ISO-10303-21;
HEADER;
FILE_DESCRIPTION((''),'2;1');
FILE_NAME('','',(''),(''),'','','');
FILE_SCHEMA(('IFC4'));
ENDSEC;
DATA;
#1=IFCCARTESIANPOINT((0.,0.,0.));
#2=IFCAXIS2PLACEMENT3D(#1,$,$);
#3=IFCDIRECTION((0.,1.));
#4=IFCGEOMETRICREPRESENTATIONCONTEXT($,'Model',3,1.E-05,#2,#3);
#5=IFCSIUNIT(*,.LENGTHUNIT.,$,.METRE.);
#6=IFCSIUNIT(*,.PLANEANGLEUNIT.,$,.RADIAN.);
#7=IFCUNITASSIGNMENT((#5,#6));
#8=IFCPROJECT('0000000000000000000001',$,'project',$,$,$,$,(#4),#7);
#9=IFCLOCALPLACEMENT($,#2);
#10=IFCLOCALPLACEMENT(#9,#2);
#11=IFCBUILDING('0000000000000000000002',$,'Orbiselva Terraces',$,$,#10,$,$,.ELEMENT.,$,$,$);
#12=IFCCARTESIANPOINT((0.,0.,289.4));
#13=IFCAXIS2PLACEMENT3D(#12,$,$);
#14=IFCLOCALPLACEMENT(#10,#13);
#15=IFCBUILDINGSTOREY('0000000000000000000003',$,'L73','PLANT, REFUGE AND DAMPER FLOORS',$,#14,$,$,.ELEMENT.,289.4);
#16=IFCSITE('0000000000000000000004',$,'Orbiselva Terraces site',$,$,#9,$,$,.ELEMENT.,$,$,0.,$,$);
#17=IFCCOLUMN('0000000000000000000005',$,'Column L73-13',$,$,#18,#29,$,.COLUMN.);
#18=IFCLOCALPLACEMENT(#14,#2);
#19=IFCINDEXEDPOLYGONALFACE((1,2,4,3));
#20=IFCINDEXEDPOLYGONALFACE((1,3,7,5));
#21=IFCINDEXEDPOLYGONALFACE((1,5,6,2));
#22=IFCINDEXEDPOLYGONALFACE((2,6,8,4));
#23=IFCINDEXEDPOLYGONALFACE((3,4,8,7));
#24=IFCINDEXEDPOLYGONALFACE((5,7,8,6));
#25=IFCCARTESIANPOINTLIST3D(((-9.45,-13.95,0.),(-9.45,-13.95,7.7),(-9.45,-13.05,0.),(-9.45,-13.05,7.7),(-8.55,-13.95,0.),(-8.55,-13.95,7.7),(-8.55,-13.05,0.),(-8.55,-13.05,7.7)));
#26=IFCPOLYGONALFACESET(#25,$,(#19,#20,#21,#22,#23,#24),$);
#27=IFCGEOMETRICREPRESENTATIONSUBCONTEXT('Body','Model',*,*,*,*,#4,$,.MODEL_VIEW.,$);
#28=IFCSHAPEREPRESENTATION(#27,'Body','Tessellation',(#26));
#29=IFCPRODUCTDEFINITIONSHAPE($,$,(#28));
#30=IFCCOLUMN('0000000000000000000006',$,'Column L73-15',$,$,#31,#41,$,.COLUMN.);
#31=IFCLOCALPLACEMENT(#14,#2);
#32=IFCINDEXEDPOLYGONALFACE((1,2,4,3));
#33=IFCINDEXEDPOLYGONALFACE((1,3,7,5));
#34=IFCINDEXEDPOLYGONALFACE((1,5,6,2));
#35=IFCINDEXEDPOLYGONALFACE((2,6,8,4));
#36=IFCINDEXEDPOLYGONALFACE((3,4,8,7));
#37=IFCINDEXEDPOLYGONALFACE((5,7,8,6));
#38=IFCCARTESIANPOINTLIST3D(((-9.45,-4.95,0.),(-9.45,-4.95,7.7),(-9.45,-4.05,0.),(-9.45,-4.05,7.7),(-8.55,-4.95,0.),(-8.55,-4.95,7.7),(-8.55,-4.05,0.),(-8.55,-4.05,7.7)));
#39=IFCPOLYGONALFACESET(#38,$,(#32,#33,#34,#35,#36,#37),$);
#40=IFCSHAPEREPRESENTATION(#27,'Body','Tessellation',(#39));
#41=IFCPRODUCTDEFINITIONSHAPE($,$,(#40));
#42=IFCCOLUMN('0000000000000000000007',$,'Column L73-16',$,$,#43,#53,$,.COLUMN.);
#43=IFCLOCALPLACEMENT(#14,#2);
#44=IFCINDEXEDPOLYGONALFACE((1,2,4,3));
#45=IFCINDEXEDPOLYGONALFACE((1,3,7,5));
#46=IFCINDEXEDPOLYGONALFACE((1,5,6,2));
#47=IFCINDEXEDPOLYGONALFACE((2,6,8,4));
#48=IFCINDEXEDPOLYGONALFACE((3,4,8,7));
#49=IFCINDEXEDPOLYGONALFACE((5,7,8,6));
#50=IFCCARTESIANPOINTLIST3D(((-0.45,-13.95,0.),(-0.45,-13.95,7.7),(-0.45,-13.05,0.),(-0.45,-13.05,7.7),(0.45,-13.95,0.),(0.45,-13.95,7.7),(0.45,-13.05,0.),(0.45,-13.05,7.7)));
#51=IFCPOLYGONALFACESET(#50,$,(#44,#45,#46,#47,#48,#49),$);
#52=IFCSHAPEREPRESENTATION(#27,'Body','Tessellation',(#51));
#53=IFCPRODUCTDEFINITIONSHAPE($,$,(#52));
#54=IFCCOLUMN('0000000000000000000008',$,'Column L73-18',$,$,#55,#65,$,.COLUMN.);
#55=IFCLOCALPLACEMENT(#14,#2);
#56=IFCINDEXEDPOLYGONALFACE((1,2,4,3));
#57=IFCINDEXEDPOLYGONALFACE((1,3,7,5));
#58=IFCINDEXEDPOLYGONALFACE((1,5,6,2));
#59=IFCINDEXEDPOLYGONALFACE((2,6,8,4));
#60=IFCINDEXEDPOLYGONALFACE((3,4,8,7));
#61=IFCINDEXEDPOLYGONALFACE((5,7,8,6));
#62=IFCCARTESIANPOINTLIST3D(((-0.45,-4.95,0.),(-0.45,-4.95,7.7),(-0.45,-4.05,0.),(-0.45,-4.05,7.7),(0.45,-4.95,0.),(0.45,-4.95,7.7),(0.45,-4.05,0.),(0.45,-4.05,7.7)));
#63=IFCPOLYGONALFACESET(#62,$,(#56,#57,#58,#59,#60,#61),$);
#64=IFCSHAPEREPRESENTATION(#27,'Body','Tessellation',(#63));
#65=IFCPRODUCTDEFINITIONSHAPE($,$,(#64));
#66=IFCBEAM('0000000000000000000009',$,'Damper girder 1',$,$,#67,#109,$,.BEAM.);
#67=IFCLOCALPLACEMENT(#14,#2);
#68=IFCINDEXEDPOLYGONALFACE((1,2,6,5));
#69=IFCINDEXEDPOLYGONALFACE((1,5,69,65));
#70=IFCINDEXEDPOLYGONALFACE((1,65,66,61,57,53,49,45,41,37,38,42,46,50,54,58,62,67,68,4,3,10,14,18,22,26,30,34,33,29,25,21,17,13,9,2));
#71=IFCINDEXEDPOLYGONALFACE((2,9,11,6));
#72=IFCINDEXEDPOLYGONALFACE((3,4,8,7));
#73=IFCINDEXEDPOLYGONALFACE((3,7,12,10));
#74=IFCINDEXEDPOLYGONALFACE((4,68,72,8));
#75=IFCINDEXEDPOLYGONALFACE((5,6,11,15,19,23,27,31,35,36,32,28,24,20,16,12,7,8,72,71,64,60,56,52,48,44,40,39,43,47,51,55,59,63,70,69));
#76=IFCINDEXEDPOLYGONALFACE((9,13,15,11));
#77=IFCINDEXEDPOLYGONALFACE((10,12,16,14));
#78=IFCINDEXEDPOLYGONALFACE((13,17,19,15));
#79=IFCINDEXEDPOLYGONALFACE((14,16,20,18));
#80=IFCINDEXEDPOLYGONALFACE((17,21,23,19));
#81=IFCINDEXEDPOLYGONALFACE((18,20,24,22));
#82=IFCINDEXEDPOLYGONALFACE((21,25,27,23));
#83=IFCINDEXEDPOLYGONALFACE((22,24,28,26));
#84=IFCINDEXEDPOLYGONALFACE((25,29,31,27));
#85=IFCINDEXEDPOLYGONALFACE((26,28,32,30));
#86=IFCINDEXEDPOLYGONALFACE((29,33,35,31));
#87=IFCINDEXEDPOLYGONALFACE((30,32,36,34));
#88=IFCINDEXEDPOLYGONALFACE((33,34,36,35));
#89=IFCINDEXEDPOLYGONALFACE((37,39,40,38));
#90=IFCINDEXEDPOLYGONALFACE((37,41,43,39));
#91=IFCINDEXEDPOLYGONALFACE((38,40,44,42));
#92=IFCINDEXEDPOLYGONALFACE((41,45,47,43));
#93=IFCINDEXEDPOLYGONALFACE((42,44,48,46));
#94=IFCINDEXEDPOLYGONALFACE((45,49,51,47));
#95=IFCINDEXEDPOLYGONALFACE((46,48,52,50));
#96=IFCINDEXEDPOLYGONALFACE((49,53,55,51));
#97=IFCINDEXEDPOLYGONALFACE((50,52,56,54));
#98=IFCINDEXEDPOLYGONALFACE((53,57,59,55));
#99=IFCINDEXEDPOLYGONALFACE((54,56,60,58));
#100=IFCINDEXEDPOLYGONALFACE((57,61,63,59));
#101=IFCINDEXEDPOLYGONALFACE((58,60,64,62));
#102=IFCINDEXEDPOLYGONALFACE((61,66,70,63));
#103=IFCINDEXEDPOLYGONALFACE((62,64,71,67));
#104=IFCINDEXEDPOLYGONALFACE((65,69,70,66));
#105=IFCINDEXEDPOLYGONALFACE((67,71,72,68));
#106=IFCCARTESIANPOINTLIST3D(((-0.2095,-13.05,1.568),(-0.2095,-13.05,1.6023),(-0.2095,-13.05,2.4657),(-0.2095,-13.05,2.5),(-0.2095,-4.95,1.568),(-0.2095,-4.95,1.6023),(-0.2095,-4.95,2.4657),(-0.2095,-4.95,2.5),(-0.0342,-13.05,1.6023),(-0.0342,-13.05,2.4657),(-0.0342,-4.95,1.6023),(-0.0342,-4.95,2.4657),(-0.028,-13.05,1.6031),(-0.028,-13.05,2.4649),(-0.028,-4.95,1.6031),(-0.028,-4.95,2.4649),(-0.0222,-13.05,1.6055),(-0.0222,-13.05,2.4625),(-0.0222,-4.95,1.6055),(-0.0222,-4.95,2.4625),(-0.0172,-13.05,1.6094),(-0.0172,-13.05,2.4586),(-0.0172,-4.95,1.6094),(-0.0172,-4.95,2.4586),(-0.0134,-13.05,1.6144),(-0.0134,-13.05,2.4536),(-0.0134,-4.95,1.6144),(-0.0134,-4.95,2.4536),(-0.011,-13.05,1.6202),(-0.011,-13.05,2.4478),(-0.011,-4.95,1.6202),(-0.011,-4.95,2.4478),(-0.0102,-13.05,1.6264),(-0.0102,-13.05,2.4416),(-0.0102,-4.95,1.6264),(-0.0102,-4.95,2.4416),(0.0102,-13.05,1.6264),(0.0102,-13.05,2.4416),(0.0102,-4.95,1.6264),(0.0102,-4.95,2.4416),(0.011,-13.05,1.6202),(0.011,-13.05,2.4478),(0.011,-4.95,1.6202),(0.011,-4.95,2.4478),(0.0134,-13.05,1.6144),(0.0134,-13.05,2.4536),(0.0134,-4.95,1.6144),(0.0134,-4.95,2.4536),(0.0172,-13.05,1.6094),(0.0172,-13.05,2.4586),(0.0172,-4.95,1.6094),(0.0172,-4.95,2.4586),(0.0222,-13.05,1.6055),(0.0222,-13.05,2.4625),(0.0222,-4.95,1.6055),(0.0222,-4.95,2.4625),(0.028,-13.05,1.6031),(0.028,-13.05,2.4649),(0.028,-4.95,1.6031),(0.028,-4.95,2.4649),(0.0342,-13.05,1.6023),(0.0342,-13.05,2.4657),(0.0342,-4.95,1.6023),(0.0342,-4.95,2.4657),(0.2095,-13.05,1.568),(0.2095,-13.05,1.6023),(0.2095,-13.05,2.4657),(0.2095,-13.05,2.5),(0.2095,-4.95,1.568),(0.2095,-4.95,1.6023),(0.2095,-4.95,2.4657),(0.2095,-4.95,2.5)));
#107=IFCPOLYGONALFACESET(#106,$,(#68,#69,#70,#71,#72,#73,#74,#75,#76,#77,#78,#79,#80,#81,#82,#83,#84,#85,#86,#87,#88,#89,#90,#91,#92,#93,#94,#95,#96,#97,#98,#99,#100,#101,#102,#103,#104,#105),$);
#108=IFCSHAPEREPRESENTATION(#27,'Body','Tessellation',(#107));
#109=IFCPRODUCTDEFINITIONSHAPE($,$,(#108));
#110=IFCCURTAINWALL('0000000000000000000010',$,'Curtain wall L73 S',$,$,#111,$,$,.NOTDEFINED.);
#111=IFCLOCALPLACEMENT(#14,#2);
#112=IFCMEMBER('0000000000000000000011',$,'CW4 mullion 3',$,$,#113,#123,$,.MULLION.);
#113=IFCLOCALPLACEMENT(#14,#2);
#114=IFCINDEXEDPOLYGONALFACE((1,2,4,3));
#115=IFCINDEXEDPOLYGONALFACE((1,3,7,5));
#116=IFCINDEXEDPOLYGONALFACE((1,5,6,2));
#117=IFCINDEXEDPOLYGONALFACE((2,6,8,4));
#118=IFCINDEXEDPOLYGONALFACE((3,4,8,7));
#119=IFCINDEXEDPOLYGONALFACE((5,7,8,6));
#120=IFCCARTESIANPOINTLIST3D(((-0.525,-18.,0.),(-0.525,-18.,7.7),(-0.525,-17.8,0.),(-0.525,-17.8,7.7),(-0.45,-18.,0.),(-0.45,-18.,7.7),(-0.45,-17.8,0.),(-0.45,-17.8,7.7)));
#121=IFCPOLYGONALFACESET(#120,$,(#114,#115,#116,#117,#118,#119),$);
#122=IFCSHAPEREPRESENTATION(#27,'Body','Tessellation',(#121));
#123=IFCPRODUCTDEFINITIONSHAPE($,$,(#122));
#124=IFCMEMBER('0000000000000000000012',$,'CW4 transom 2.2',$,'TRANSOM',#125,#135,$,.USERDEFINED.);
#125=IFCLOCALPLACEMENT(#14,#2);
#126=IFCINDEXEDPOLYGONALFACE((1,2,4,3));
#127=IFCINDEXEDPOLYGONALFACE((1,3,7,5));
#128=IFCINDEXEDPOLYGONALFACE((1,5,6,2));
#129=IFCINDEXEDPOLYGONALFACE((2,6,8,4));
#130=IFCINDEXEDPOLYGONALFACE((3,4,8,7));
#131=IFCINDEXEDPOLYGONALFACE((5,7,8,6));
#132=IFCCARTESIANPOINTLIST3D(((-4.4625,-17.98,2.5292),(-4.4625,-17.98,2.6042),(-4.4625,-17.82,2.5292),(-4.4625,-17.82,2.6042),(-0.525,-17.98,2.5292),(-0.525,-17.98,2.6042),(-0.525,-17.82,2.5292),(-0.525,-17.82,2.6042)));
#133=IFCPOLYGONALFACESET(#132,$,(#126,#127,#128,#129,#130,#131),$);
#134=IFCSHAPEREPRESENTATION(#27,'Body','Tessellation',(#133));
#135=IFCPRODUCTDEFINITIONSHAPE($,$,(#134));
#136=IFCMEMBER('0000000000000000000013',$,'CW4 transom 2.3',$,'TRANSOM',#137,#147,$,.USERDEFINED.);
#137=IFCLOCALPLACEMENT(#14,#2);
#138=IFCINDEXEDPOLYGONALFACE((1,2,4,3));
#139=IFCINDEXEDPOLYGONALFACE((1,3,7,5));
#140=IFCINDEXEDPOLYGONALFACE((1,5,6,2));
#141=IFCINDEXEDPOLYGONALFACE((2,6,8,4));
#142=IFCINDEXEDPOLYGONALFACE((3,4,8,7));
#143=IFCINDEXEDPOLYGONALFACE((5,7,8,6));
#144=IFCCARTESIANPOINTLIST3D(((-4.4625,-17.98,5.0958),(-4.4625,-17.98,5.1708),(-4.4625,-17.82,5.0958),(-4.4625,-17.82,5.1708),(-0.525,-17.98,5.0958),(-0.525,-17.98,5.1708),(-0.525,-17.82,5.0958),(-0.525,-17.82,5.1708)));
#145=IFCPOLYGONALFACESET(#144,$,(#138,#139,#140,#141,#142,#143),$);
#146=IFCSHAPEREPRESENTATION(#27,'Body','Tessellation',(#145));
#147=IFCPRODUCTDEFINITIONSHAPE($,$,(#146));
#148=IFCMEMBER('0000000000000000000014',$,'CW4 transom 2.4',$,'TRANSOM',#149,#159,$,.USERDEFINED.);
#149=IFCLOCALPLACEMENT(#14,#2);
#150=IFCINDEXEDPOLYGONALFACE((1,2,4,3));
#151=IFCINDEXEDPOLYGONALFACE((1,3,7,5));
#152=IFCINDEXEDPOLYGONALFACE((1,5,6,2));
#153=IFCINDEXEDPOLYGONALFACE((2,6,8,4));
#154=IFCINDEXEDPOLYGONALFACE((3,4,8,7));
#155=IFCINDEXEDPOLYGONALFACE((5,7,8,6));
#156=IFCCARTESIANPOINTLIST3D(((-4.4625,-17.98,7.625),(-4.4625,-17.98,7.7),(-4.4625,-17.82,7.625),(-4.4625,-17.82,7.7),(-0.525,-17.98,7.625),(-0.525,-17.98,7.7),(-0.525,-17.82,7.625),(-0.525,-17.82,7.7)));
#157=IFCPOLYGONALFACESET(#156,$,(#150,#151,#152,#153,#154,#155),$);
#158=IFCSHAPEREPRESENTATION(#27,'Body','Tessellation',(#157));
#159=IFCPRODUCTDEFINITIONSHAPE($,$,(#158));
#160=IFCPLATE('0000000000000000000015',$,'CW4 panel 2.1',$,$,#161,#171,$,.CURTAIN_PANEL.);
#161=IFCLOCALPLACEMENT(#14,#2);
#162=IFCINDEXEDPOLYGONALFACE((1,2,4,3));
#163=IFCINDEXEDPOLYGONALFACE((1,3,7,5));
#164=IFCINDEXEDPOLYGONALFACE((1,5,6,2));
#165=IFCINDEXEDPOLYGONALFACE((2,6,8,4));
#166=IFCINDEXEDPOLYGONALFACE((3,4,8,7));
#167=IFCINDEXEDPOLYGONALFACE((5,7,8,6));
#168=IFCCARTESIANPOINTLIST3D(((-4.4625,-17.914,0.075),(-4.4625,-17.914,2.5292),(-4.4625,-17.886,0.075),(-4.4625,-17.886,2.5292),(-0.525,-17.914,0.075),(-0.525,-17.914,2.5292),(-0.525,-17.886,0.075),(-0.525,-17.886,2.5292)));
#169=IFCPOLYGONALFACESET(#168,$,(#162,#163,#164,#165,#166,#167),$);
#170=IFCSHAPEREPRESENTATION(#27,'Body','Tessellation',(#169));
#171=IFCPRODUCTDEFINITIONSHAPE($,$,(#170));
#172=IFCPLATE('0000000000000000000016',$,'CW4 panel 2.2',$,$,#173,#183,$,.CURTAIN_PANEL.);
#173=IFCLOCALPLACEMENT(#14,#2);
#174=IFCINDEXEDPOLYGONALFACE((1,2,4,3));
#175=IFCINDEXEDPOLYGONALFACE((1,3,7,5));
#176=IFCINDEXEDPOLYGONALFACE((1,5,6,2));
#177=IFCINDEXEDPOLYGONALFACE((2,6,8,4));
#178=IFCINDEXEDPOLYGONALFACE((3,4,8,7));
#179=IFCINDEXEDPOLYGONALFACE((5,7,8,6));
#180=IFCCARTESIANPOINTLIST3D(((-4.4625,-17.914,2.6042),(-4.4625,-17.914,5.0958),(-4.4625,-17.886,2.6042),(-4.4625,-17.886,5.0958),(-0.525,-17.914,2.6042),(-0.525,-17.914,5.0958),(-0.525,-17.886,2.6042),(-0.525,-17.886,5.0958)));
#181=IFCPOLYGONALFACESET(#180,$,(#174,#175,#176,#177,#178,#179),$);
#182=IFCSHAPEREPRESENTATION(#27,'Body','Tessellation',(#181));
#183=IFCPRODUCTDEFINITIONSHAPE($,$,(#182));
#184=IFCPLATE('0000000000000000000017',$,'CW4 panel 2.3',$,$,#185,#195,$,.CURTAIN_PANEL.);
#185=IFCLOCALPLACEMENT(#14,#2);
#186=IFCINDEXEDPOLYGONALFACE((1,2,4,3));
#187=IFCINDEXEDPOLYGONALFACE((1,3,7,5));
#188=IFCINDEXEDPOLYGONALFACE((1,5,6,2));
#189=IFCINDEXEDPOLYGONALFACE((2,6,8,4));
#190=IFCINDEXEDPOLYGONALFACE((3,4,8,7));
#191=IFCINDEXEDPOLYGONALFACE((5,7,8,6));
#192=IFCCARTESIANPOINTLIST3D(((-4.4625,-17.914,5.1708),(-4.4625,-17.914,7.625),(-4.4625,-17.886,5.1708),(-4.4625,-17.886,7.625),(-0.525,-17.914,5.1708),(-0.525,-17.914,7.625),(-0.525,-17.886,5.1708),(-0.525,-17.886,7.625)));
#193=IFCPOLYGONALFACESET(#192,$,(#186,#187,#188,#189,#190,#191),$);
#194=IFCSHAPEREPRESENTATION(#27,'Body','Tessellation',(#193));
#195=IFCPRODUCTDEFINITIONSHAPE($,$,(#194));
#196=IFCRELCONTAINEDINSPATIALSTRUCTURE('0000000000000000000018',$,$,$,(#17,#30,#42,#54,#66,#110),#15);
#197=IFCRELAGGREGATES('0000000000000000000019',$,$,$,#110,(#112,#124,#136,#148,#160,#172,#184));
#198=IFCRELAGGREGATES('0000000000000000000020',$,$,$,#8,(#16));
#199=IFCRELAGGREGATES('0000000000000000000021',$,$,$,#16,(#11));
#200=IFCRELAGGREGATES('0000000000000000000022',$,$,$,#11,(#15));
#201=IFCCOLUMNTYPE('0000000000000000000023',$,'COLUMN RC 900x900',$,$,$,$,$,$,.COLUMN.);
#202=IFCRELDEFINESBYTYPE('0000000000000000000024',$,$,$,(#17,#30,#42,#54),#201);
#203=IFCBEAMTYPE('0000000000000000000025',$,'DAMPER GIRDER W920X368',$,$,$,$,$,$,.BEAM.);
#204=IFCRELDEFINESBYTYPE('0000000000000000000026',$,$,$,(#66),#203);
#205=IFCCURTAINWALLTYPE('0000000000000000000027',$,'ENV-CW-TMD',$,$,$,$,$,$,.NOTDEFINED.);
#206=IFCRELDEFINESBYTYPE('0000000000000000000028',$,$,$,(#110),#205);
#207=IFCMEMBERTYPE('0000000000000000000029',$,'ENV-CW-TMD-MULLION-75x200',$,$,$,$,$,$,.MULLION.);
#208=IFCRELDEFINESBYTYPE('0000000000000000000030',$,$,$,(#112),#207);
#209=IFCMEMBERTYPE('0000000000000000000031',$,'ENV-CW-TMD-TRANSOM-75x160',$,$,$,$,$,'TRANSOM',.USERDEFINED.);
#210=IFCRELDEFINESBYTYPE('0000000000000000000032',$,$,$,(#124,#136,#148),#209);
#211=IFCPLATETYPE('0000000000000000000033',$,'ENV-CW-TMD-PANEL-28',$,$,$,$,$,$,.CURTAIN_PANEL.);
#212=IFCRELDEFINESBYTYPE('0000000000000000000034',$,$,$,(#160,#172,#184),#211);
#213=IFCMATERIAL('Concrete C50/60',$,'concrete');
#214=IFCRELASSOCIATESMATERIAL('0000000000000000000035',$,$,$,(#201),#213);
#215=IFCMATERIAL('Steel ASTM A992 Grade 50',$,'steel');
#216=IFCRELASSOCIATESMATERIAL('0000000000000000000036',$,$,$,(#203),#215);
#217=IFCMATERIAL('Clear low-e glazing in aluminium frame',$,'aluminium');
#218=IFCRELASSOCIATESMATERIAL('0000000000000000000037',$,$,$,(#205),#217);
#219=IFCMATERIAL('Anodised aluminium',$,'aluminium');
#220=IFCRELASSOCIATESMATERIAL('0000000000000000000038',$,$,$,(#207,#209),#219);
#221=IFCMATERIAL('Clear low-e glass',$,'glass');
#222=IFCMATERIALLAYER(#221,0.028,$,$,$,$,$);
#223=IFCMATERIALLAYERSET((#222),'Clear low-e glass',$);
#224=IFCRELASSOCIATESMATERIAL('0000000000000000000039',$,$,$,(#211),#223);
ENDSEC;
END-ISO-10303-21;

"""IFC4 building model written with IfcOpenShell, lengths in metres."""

from ifc_helpers import new_model, si_unit, direction, frame, origin, origin_2d, place, context, subcontext, project, spatial, rectangle, i_section, extrude, material, layer, layer_set, material_profile, profile_set, type_object, element, aggregate, save


model = new_model("IFC4")

# Units and contexts
model_context = context("Model", 3, precision=1e-05, world=origin(), true_north=direction((0.0, 1.0)))
body_context = subcontext(model_context, "Body", "Model", "MODEL_VIEW")
ifc_project = project(units=[si_unit("LENGTHUNIT", "METRE"), si_unit("PLANEANGLEUNIT", "RADIAN")], contexts=[model_context])

# Site, building, storey
site_placement = place(None, origin())
site = spatial("IfcSite", under=ifc_project, at=site_placement, Name="Orbiselva Terraces site", CompositionType="ELEMENT", RefElevation=0.0)
building_placement = place(site_placement, origin())
building = spatial("IfcBuilding", under=site, at=building_placement, Name="Orbiselva Terraces", CompositionType="ELEMENT")
storey_placement = place(building_placement, frame((0.0, 0.0, 289.4)))
storey = spatial("IfcBuildingStorey", under=building, at=storey_placement, Name="L73", Description="PLANT, REFUGE AND DAMPER FLOORS", CompositionType="ELEMENT", Elevation=289.4)

# Columns
ifc_material_1 = material(Name="Concrete C50/60", Category="concrete")
ifc_material_profile_1 = material_profile(ifc_material_1, rectangle(XDim=0.9, YDim=0.9, at=origin_2d()), Name="RC 900x900")
ifc_profile_set_1 = profile_set([ifc_material_profile_1], Name="Concrete C50/60")
column_type = type_object("IfcColumnType", Name="COLUMN RC 900x900", PredefinedType="COLUMN", material=ifc_profile_set_1)
for number, where, z_axis, x_axis, name in (
    (1, (-9.0, -13.5, 0.0), (0.0, 0.0, 1.0), (1.0, 0.0, 0.0), "Column L73-13"),
    (2, (-9.0, -4.5, 0.0), (0.0, 0.0, 1.0), (1.0, 0.0, 0.0), "Column L73-15"),
    (3, (0.0, -13.5, 0.0), (0.0, 0.0, 1.0), (1.0, 0.0, 0.0), "Column L73-16"),
    (4, (0.0, -4.5, 0.0), (0.0, 0.0, 1.0), (1.0, 0.0, 0.0), "Column L73-18"),
):
    element("IfcColumn", number, at=place(storey_placement, frame(where, z_axis=z_axis, x_axis=x_axis)), inside=storey, type_object=column_type, Name=name, PredefinedType="COLUMN", context=body_context, shape_type="SweptSolid", body=[
        extrude(rectangle(XDim=0.9, YDim=0.9, at=origin_2d()), origin(), (0.0, 0.0, 1.0), 7.7),
    ])

# Beam
ifc_material_2 = material(Name="Steel ASTM A992 Grade 50", Category="steel")
ifc_material_profile_2 = material_profile(ifc_material_2, i_section(OverallWidth=0.419, OverallDepth=0.932, WebThickness=0.0203, FlangeThickness=0.0343, FilletRadius=0.0241, at=origin_2d()), Name="W920X368")
ifc_profile_set_2 = profile_set([ifc_material_profile_2], Name="Steel ASTM A992 Grade 50")
beam_type = type_object("IfcBeamType", Name="DAMPER GIRDER W920X368", PredefinedType="BEAM", material=ifc_profile_set_2)
beam_placement = place(storey_placement, frame((0.0, -13.05, 2.034), z_axis=(0.0, 1.0, 0.0), x_axis=(-1.0, 0.0, 0.0)))
element("IfcBeam", 5, at=beam_placement, inside=storey, type_object=beam_type, Name="Damper girder 1", PredefinedType="BEAM", context=body_context, shape_type="SweptSolid", body=[
    extrude(i_section(OverallWidth=0.419, OverallDepth=0.932, WebThickness=0.0203, FlangeThickness=0.0343, FilletRadius=0.0241, at=origin_2d()), origin(), (0.0, 0.0, 1.0), 8.1),
])

# Curtain wall, members, plates
ifc_material_3 = material(Name="Clear low-e glazing in aluminium frame", Category="aluminium")
curtain_wall_type = type_object("IfcCurtainWallType", Name="ENV-CW-TMD", PredefinedType="NOTDEFINED", material=ifc_material_3)
curtain_wall_placement = place(storey_placement, origin())
curtain_wall = element("IfcCurtainWall", 6, at=curtain_wall_placement, inside=storey, type_object=curtain_wall_type, Name="Curtain wall L73 S", PredefinedType="NOTDEFINED")
ifc_material_4 = material(Name="Anodised aluminium", Category="aluminium")
ifc_material_profile_3 = material_profile(ifc_material_4, rectangle(XDim=0.2, YDim=0.075, at=origin_2d()), Name="AL 75x200")
ifc_profile_set_3 = profile_set([ifc_material_profile_3], Name="Anodised aluminium")
member_type_1 = type_object("IfcMemberType", Name="ENV-CW-TMD-MULLION-75x200", PredefinedType="MULLION", material=ifc_profile_set_3)
member_1_placement = place(storey_placement, frame((-0.4875, -17.9, 0.0), z_axis=(0.0, 0.0, 1.0), x_axis=(0.0, 1.0, 0.0)))
member_1 = element("IfcMember", 7, at=member_1_placement, type_object=member_type_1, Name="CW4 mullion 3", PredefinedType="MULLION", context=body_context, shape_type="SweptSolid", body=[
    extrude(rectangle(XDim=0.2, YDim=0.075, at=origin_2d()), origin(), (0.0, 0.0, 1.0), 7.7),
])
ifc_material_profile_4 = material_profile(ifc_material_4, rectangle(XDim=0.16, YDim=0.075, at=origin_2d()), Name="AL 75x160")
ifc_profile_set_4 = profile_set([ifc_material_profile_4], Name="Anodised aluminium")
member_type_2 = type_object("IfcMemberType", Name="ENV-CW-TMD-TRANSOM-75x160", ElementType="TRANSOM", PredefinedType="USERDEFINED", material=ifc_profile_set_4)
member_2_placement = place(storey_placement, frame((-4.4625, -17.9, 2.5667), z_axis=(1.0, 0.0, 0.0), x_axis=(0.0, 1.0, 0.0)))
member_2 = element("IfcMember", 8, at=member_2_placement, type_object=member_type_2, Name="CW4 transom 2.2", ObjectType="TRANSOM", PredefinedType="USERDEFINED", context=body_context, shape_type="SweptSolid", body=[
    extrude(rectangle(XDim=0.16, YDim=0.075, at=origin_2d()), origin(), (0.0, 0.0, 1.0), 3.9375),
])
member_3_placement = place(storey_placement, frame((-4.4625, -17.9, 5.1333), z_axis=(1.0, 0.0, 0.0), x_axis=(0.0, 1.0, 0.0)))
member_3 = element("IfcMember", 9, at=member_3_placement, type_object=member_type_2, Name="CW4 transom 2.3", ObjectType="TRANSOM", PredefinedType="USERDEFINED", context=body_context, shape_type="SweptSolid", body=[
    extrude(rectangle(XDim=0.16, YDim=0.075, at=origin_2d()), origin(), (0.0, 0.0, 1.0), 3.9375),
])
member_4_placement = place(storey_placement, frame((-4.4625, -17.9, 7.6625), z_axis=(1.0, 0.0, 0.0), x_axis=(0.0, 1.0, 0.0)))
member_4 = element("IfcMember", 10, at=member_4_placement, type_object=member_type_2, Name="CW4 transom 2.4", ObjectType="TRANSOM", PredefinedType="USERDEFINED", context=body_context, shape_type="SweptSolid", body=[
    extrude(rectangle(XDim=0.16, YDim=0.075, at=origin_2d()), origin(), (0.0, 0.0, 1.0), 3.9375),
])
ifc_material_5 = material(Name="Clear low-e glass", Category="glass")
ifc_layer_1 = layer(ifc_material_5, 0.028)
ifc_layer_set_1 = layer_set([ifc_layer_1], Name="Clear low-e glass")
plate_type = type_object("IfcPlateType", Name="ENV-CW-TMD-PANEL-28", PredefinedType="CURTAIN_PANEL", material=ifc_layer_set_1)
plate_1_placement = place(storey_placement, frame((-2.4937, -17.9, 0.075), z_axis=(0.0, 0.0, 1.0), x_axis=(1.0, 0.0, 0.0)))
plate_1 = element("IfcPlate", 11, at=plate_1_placement, type_object=plate_type, Name="CW4 panel 2.1", PredefinedType="CURTAIN_PANEL", context=body_context, shape_type="SweptSolid", body=[
    extrude(rectangle(XDim=3.9375, YDim=0.028, at=origin_2d()), origin(), (0.0, 0.0, 1.0), 2.4542),
])
plate_2_placement = place(storey_placement, frame((-2.4937, -17.9, 2.6042), z_axis=(0.0, 0.0, 1.0), x_axis=(1.0, 0.0, 0.0)))
plate_2 = element("IfcPlate", 12, at=plate_2_placement, type_object=plate_type, Name="CW4 panel 2.2", PredefinedType="CURTAIN_PANEL", context=body_context, shape_type="SweptSolid", body=[
    extrude(rectangle(XDim=3.9375, YDim=0.028, at=origin_2d()), origin(), (0.0, 0.0, 1.0), 2.4917),
])
plate_3_placement = place(storey_placement, frame((-2.4937, -17.9, 5.1708), z_axis=(0.0, 0.0, 1.0), x_axis=(1.0, 0.0, 0.0)))
plate_3 = element("IfcPlate", 13, at=plate_3_placement, type_object=plate_type, Name="CW4 panel 2.3", PredefinedType="CURTAIN_PANEL", context=body_context, shape_type="SweptSolid", body=[
    extrude(rectangle(XDim=3.9375, YDim=0.028, at=origin_2d()), origin(), (0.0, 0.0, 1.0), 2.4542),
])
aggregate(curtain_wall, [member_1, member_2, member_3, member_4, plate_1, plate_2, plate_3])

save(model, "model.ifc")
